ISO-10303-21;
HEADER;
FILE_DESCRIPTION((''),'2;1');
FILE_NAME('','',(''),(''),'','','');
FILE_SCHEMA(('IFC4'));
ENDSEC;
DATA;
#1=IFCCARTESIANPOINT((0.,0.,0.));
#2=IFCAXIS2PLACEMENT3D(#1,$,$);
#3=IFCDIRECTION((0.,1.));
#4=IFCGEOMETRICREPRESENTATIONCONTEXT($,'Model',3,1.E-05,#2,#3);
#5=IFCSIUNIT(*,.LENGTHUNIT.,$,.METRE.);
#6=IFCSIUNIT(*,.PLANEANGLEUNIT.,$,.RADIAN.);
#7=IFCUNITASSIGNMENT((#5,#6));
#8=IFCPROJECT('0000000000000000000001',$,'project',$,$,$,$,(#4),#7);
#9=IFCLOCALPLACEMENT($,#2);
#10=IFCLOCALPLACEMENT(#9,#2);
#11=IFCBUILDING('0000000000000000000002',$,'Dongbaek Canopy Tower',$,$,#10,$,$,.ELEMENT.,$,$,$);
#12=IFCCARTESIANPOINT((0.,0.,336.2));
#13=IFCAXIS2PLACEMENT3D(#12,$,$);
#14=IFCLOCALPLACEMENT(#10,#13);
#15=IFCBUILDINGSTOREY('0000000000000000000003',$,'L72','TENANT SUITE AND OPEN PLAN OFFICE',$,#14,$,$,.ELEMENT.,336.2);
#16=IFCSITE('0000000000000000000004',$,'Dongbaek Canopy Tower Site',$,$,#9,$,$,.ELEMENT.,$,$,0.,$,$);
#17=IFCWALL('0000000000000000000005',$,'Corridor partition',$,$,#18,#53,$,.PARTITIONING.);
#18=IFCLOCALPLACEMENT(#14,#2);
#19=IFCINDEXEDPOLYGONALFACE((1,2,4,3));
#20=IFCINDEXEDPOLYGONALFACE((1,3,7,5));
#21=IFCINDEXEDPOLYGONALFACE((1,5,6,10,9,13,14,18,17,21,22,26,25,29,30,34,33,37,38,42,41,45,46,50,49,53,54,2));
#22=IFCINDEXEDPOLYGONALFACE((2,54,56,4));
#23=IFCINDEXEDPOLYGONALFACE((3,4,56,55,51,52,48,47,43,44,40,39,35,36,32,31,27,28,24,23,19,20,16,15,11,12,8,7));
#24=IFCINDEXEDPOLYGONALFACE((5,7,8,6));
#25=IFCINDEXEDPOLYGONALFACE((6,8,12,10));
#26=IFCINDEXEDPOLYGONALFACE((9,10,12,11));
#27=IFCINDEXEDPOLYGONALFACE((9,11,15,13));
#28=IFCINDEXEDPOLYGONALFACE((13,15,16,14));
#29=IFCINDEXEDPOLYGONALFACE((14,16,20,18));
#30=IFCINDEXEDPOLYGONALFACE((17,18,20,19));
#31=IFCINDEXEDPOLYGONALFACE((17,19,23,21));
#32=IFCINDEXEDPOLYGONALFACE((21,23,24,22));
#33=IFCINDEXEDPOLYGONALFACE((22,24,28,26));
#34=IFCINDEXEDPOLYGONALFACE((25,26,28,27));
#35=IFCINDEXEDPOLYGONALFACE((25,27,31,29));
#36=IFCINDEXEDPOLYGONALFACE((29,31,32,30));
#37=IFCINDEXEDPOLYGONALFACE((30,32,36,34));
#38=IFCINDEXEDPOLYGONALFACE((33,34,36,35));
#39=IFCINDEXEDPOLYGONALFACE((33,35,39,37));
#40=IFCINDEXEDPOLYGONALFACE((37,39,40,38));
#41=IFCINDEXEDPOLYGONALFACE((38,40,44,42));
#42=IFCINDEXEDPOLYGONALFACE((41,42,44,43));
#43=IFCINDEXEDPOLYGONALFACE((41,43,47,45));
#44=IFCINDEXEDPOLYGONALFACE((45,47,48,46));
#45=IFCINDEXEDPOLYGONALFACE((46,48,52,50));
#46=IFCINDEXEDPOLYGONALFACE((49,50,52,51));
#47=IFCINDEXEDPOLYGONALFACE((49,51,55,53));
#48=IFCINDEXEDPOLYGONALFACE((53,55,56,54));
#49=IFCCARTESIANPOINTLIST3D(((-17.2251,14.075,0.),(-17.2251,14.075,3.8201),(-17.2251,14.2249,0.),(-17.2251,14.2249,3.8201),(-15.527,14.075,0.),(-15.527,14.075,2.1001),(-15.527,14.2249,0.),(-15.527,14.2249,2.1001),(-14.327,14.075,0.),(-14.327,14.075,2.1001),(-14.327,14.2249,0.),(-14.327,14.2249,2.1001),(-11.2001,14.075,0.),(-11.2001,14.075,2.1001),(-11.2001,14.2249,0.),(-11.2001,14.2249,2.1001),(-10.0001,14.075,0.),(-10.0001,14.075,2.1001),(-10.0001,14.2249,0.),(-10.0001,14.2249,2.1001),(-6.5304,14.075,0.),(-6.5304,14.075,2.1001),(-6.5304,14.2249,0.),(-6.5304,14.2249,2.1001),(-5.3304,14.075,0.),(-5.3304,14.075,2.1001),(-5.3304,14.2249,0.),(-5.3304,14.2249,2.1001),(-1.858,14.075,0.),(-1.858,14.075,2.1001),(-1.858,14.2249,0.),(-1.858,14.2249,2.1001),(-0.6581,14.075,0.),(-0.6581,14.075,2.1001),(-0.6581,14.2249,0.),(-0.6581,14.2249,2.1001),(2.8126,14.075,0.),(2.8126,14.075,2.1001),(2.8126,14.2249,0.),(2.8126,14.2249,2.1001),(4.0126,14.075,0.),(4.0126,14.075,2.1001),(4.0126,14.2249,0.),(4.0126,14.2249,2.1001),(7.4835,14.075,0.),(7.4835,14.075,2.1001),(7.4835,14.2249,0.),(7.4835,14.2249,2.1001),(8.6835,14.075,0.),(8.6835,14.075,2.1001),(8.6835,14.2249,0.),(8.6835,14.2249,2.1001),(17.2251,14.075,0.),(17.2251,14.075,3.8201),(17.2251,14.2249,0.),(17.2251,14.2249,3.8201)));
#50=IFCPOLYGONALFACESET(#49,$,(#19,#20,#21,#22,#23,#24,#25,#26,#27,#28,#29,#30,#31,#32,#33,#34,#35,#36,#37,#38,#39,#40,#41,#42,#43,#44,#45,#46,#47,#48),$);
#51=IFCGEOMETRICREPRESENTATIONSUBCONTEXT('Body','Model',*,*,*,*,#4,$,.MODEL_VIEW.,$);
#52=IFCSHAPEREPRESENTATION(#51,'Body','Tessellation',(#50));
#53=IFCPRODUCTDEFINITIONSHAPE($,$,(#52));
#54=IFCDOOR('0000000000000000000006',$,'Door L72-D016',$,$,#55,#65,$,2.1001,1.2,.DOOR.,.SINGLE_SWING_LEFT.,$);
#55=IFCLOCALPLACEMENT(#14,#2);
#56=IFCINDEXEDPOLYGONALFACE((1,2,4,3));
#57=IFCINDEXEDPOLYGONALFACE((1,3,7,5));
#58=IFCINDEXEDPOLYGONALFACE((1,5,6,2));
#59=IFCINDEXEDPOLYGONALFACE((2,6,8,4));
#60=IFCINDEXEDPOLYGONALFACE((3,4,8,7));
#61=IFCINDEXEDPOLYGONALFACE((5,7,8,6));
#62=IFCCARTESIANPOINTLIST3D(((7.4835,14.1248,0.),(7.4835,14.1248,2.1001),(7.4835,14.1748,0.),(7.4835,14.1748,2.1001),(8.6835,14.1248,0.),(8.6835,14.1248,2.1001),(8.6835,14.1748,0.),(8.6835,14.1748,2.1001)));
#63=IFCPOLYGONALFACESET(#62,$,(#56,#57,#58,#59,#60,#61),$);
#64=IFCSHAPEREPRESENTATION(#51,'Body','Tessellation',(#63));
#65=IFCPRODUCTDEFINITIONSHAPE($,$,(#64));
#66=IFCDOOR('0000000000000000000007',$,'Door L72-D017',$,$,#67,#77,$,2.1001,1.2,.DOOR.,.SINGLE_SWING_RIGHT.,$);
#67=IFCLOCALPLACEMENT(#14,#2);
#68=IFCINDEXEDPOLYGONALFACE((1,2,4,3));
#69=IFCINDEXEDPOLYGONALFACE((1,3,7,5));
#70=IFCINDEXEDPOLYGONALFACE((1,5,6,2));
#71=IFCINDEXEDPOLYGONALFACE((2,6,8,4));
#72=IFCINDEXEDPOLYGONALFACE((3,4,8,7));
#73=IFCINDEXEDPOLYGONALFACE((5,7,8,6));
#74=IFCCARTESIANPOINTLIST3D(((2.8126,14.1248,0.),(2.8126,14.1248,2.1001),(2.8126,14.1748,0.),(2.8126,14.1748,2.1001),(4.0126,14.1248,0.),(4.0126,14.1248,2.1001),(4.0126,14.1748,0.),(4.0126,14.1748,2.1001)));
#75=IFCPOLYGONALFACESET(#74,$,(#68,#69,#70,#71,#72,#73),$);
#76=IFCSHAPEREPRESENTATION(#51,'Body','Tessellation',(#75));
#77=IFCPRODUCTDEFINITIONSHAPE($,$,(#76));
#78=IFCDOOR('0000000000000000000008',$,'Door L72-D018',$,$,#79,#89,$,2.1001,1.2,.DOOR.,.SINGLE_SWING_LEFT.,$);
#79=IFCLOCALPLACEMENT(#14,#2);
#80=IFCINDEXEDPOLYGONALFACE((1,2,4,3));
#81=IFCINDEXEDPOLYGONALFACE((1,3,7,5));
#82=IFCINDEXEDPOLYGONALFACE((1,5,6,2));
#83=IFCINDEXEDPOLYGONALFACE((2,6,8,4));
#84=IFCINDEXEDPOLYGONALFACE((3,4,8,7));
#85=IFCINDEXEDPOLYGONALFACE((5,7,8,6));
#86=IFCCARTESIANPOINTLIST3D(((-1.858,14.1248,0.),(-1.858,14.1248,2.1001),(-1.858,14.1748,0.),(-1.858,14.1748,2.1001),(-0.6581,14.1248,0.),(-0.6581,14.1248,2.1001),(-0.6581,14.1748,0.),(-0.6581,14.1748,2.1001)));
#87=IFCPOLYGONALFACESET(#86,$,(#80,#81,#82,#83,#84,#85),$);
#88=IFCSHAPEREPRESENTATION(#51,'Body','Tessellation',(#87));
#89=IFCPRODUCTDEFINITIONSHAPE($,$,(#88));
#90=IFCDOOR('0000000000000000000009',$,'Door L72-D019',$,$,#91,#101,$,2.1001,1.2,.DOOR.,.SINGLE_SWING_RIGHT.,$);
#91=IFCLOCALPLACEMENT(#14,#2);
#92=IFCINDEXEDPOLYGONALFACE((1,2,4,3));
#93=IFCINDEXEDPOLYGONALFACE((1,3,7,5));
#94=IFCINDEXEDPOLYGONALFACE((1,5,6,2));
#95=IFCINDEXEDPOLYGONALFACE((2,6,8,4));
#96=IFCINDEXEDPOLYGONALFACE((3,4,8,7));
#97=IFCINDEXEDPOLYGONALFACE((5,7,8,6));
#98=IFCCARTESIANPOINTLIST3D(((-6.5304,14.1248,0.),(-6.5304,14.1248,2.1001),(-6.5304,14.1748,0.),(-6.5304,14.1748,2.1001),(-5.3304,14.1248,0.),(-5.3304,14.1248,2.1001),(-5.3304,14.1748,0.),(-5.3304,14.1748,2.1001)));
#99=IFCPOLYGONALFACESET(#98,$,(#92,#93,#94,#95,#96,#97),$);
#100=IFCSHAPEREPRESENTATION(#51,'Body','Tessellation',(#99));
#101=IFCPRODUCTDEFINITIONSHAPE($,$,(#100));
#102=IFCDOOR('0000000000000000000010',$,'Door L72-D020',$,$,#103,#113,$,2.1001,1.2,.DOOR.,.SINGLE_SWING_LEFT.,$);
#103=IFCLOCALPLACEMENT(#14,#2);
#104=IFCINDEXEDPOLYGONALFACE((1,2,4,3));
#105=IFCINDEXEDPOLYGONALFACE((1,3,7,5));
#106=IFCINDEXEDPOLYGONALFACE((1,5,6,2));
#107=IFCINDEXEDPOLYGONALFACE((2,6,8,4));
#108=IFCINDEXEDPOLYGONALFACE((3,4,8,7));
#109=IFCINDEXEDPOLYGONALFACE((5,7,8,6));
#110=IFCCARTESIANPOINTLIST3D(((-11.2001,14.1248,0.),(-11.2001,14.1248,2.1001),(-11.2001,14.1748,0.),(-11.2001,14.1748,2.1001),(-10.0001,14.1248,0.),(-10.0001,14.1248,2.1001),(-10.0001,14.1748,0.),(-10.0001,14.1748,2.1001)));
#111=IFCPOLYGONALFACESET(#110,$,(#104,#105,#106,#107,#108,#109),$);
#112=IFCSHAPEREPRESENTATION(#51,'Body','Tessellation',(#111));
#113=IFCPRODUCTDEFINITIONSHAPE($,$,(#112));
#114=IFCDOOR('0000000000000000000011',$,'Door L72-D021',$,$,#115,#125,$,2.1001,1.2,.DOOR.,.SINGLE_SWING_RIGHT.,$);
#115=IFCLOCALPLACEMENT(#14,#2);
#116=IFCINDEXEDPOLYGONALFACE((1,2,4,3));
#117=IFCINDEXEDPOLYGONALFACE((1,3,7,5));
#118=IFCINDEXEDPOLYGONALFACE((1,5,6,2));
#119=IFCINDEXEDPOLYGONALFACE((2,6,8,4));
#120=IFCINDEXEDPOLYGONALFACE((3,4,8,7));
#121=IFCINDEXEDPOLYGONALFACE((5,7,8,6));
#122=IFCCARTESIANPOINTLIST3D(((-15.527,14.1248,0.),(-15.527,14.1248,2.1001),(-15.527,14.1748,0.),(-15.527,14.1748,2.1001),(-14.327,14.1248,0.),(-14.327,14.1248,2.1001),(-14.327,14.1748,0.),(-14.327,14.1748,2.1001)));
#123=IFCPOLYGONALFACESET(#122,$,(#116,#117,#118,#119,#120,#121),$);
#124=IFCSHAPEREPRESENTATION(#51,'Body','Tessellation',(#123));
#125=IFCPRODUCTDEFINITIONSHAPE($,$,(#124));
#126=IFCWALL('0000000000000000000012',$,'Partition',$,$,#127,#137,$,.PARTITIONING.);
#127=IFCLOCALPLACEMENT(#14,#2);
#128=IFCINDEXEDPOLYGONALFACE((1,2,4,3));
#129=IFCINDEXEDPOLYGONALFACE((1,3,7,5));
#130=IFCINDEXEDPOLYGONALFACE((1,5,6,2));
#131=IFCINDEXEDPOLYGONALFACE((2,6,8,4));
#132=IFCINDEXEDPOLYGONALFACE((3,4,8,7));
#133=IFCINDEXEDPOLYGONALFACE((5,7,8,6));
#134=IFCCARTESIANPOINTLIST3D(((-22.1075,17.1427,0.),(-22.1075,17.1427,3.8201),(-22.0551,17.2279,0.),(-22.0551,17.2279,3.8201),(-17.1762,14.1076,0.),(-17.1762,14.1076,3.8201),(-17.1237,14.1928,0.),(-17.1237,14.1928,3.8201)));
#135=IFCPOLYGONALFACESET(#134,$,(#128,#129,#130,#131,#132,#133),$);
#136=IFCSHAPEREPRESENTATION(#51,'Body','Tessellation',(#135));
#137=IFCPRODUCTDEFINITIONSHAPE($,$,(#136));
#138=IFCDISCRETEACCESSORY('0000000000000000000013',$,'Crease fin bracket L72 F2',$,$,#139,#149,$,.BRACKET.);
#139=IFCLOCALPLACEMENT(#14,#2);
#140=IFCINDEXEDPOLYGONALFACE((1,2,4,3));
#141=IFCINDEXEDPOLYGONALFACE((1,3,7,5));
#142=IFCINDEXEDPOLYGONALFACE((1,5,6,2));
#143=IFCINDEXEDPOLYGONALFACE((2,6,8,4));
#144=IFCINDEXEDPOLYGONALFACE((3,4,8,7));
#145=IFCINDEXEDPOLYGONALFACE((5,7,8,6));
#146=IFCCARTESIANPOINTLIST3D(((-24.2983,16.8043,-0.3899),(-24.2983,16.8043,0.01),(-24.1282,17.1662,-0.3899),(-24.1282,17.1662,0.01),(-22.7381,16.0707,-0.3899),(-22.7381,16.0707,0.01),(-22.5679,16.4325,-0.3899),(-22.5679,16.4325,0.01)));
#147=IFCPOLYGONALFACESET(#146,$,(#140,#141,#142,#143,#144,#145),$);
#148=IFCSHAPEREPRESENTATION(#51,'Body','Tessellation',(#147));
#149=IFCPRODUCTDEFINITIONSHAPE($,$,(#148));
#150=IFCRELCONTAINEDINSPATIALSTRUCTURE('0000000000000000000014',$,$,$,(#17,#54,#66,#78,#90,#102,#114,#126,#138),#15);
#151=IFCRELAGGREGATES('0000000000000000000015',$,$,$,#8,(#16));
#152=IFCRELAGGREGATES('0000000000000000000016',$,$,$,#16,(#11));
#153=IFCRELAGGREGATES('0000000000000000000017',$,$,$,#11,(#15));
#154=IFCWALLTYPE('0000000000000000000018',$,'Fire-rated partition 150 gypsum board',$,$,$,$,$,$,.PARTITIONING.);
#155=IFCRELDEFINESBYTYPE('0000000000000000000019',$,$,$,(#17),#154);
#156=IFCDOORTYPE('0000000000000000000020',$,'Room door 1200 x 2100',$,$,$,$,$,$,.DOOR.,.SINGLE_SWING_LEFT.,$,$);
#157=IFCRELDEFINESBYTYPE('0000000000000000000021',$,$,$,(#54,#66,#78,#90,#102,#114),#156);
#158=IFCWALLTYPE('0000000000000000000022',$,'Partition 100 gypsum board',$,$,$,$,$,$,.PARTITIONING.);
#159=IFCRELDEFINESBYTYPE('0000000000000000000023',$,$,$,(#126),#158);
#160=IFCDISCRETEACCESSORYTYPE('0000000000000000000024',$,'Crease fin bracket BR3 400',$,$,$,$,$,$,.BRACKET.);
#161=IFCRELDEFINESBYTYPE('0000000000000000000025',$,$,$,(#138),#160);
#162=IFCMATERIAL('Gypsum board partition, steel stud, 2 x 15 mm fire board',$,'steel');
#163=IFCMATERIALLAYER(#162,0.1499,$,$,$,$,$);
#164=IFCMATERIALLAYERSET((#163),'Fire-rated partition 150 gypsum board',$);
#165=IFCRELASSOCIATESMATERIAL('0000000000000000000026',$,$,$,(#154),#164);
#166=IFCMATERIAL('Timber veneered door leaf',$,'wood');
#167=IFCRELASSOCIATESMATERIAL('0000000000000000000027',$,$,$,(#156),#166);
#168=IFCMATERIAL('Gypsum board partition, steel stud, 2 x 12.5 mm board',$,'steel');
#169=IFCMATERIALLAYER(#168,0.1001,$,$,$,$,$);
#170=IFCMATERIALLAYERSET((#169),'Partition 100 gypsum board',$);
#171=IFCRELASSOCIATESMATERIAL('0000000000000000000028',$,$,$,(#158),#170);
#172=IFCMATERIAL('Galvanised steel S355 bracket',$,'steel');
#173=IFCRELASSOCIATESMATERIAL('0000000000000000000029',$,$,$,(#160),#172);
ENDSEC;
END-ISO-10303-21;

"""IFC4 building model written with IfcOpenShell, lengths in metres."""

from ifc_helpers import new_model, si_unit, direction, frame, frame_2d, origin, origin_2d, place, context, subcontext, project, spatial, rectangle, extrude, material, layer, layer_set, type_object, element, fill, save


model = new_model("IFC4")

# Units and contexts
model_context = context("Model", 3, precision=1e-05, world=origin(), true_north=direction((0.0, 1.0)))
body_context = subcontext(model_context, "Body", "Model", "MODEL_VIEW")
ifc_project = project(units=[si_unit("LENGTHUNIT", "METRE"), si_unit("PLANEANGLEUNIT", "RADIAN")], contexts=[model_context])

# Site, building, storey
site_placement = place(None, origin())
site = spatial("IfcSite", under=ifc_project, at=site_placement, Name="Dongbaek Canopy Tower Site", CompositionType="ELEMENT", RefElevation=0.0)
building_placement = place(site_placement, origin())
building = spatial("IfcBuilding", under=site, at=building_placement, Name="Dongbaek Canopy Tower", CompositionType="ELEMENT")
storey_placement = place(building_placement, frame((0.0, 0.0, 336.2)))
storey = spatial("IfcBuildingStorey", under=building, at=storey_placement, Name="L72", Description="TENANT SUITE AND OPEN PLAN OFFICE", CompositionType="ELEMENT", Elevation=336.2)

# Wall, openings, doors
ifc_material_1 = material(Name="Gypsum board partition, steel stud, 2 x 15 mm fire board", Category="steel")
ifc_layer_1 = layer(ifc_material_1, 0.1499)
ifc_layer_set_1 = layer_set([ifc_layer_1], Name="Fire-rated partition 150 gypsum board")
wall_type_1 = type_object("IfcWallType", Name="Fire-rated partition 150 gypsum board", PredefinedType="PARTITIONING", material=ifc_layer_set_1)
wall_1_placement = place(storey_placement, frame((-17.2251, 14.1499, 0.0), z_axis=(0.0, 0.0, 1.0), x_axis=(1.0, 0.0, 0.0)))
wall_1 = element("IfcWall", 1, at=wall_1_placement, inside=storey, type_object=wall_type_1, Name="Corridor partition", PredefinedType="PARTITIONING", context=body_context, shape_type="SweptSolid", body=[
    extrude(rectangle(XDim=34.4502, YDim=0.1499, at=frame_2d((17.2251, 0.0))), origin(), (0.0, 0.0, 1.0), 3.8201),
])
opening_1_placement = place(wall_1_placement, frame((24.7085, 0.0, 0.0)))
opening_1 = element("IfcOpeningElement", 2, at=opening_1_placement, cuts=wall_1, PredefinedType="OPENING", context=body_context, shape_type="SweptSolid", body=[
    extrude(rectangle(XDim=1.2, YDim=2.1001, at=frame_2d((0.6001, 1.05))), frame((0.0, 0.085, 0.0), z_axis=(0.0, -1.0, 0.0), x_axis=(1.0, 0.0, 0.0)), (0.0, 0.0, 1.0), 0.1699),
])
opening_2_placement = place(wall_1_placement, frame((20.0376, 0.0, 0.0)))
opening_2 = element("IfcOpeningElement", 3, at=opening_2_placement, cuts=wall_1, PredefinedType="OPENING", context=body_context, shape_type="SweptSolid", body=[
    extrude(rectangle(XDim=1.2, YDim=2.1001, at=frame_2d((0.6001, 1.05))), frame((0.0, 0.085, 0.0), z_axis=(0.0, -1.0, 0.0), x_axis=(1.0, 0.0, 0.0)), (0.0, 0.0, 1.0), 0.1699),
])
opening_3_placement = place(wall_1_placement, frame((15.3669, 0.0, 0.0)))
opening_3 = element("IfcOpeningElement", 4, at=opening_3_placement, cuts=wall_1, PredefinedType="OPENING", context=body_context, shape_type="SweptSolid", body=[
    extrude(rectangle(XDim=1.2, YDim=2.1001, at=frame_2d((0.6001, 1.05))), frame((0.0, 0.085, 0.0), z_axis=(0.0, -1.0, 0.0), x_axis=(1.0, 0.0, 0.0)), (0.0, 0.0, 1.0), 0.1699),
])
opening_4_placement = place(wall_1_placement, frame((10.6946, 0.0, 0.0)))
opening_4 = element("IfcOpeningElement", 5, at=opening_4_placement, cuts=wall_1, PredefinedType="OPENING", context=body_context, shape_type="SweptSolid", body=[
    extrude(rectangle(XDim=1.2, YDim=2.1001, at=frame_2d((0.6001, 1.05))), frame((0.0, 0.085, 0.0), z_axis=(0.0, -1.0, 0.0), x_axis=(1.0, 0.0, 0.0)), (0.0, 0.0, 1.0), 0.1699),
])
opening_5_placement = place(wall_1_placement, frame((6.0249, 0.0, 0.0)))
opening_5 = element("IfcOpeningElement", 6, at=opening_5_placement, cuts=wall_1, PredefinedType="OPENING", context=body_context, shape_type="SweptSolid", body=[
    extrude(rectangle(XDim=1.2, YDim=2.1001, at=frame_2d((0.6001, 1.05))), frame((0.0, 0.085, 0.0), z_axis=(0.0, -1.0, 0.0), x_axis=(1.0, 0.0, 0.0)), (0.0, 0.0, 1.0), 0.1699),
])
opening_6_placement = place(wall_1_placement, frame((1.698, 0.0, 0.0)))
opening_6 = element("IfcOpeningElement", 7, at=opening_6_placement, cuts=wall_1, PredefinedType="OPENING", context=body_context, shape_type="SweptSolid", body=[
    extrude(rectangle(XDim=1.2, YDim=2.1001, at=frame_2d((0.6001, 1.05))), frame((0.0, 0.085, 0.0), z_axis=(0.0, -1.0, 0.0), x_axis=(1.0, 0.0, 0.0)), (0.0, 0.0, 1.0), 0.1699),
])
ifc_material_2 = material(Name="Timber veneered door leaf", Category="wood")
door_type_1 = type_object("IfcDoorType", Name="Room door 1200 x 2100", OperationType="SINGLE_SWING_LEFT", PredefinedType="DOOR", material=ifc_material_2)
door_1_placement = place(opening_1_placement, origin())
door_1 = element("IfcDoor", 8, at=door_1_placement, inside=storey, type_object=door_type_1, Name="Door L72-D016", OperationType="SINGLE_SWING_LEFT", OverallHeight=2.1001, OverallWidth=1.2, PredefinedType="DOOR", context=body_context, shape_type="SweptSolid", body=[
    extrude(rectangle(XDim=1.2, YDim=2.1001, at=frame_2d((0.6001, 1.05))), frame((0.0, 0.0249, 0.0), z_axis=(0.0, -1.0, 0.0), x_axis=(1.0, 0.0, 0.0)), (0.0, 0.0, 1.0), 0.05),
])
fill(opening_1, door_1)
door_2_placement = place(opening_2_placement, origin())
door_2 = element("IfcDoor", 9, at=door_2_placement, inside=storey, type_object=door_type_1, Name="Door L72-D017", OperationType="SINGLE_SWING_RIGHT", OverallHeight=2.1001, OverallWidth=1.2, PredefinedType="DOOR", context=body_context, shape_type="SweptSolid", body=[
    extrude(rectangle(XDim=1.2, YDim=2.1001, at=frame_2d((0.6001, 1.05))), frame((0.0, 0.0249, 0.0), z_axis=(0.0, -1.0, 0.0), x_axis=(1.0, 0.0, 0.0)), (0.0, 0.0, 1.0), 0.05),
])
fill(opening_2, door_2)
door_3_placement = place(opening_3_placement, origin())
door_3 = element("IfcDoor", 10, at=door_3_placement, inside=storey, type_object=door_type_1, Name="Door L72-D018", OperationType="SINGLE_SWING_LEFT", OverallHeight=2.1001, OverallWidth=1.2, PredefinedType="DOOR", context=body_context, shape_type="SweptSolid", body=[
    extrude(rectangle(XDim=1.2, YDim=2.1001, at=frame_2d((0.6001, 1.05))), frame((0.0, 0.0249, 0.0), z_axis=(0.0, -1.0, 0.0), x_axis=(1.0, 0.0, 0.0)), (0.0, 0.0, 1.0), 0.05),
])
fill(opening_3, door_3)
door_4_placement = place(opening_4_placement, origin())
door_4 = element("IfcDoor", 11, at=door_4_placement, inside=storey, type_object=door_type_1, Name="Door L72-D019", OperationType="SINGLE_SWING_RIGHT", OverallHeight=2.1001, OverallWidth=1.2, PredefinedType="DOOR", context=body_context, shape_type="SweptSolid", body=[
    extrude(rectangle(XDim=1.2, YDim=2.1001, at=frame_2d((0.6001, 1.05))), frame((0.0, 0.0249, 0.0), z_axis=(0.0, -1.0, 0.0), x_axis=(1.0, 0.0, 0.0)), (0.0, 0.0, 1.0), 0.05),
])
fill(opening_4, door_4)
door_5_placement = place(opening_5_placement, origin())
door_5 = element("IfcDoor", 12, at=door_5_placement, inside=storey, type_object=door_type_1, Name="Door L72-D020", OperationType="SINGLE_SWING_LEFT", OverallHeight=2.1001, OverallWidth=1.2, PredefinedType="DOOR", context=body_context, shape_type="SweptSolid", body=[
    extrude(rectangle(XDim=1.2, YDim=2.1001, at=frame_2d((0.6001, 1.05))), frame((0.0, 0.0249, 0.0), z_axis=(0.0, -1.0, 0.0), x_axis=(1.0, 0.0, 0.0)), (0.0, 0.0, 1.0), 0.05),
])
fill(opening_5, door_5)
door_6_placement = place(opening_6_placement, origin())
door_6 = element("IfcDoor", 13, at=door_6_placement, inside=storey, type_object=door_type_1, Name="Door L72-D021", OperationType="SINGLE_SWING_RIGHT", OverallHeight=2.1001, OverallWidth=1.2, PredefinedType="DOOR", context=body_context, shape_type="SweptSolid", body=[
    extrude(rectangle(XDim=1.2, YDim=2.1001, at=frame_2d((0.6001, 1.05))), frame((0.0, 0.0249, 0.0), z_axis=(0.0, -1.0, 0.0), x_axis=(1.0, 0.0, 0.0)), (0.0, 0.0, 1.0), 0.05),
])
fill(opening_6, door_6)

# Wall
ifc_material_3 = material(Name="Gypsum board partition, steel stud, 2 x 12.5 mm board", Category="steel")
ifc_layer_2 = layer(ifc_material_3, 0.1001)
ifc_layer_set_2 = layer_set([ifc_layer_2], Name="Partition 100 gypsum board")
wall_type_2 = type_object("IfcWallType", Name="Partition 100 gypsum board", PredefinedType="PARTITIONING", material=ifc_layer_set_2)
wall_2_placement = place(storey_placement, frame((-22.0813, 17.1853, 0.0), z_axis=(0.0, 0.0, 1.0), x_axis=(0.851624, -0.524154, 0.0)))
element("IfcWall", 14, at=wall_2_placement, inside=storey, type_object=wall_type_2, Name="Partition", PredefinedType="PARTITIONING", context=body_context, shape_type="SweptSolid", body=[
    extrude(rectangle(XDim=5.7905, YDim=0.1001, at=frame_2d((2.8953, 0.0))), origin(), (0.0, 0.0, 1.0), 3.8201),
])

# Discrete accessory
ifc_material_4 = material(Name="Galvanised steel S355 bracket", Category="steel")
discrete_accessory_type = type_object("IfcDiscreteAccessoryType", Name="Crease fin bracket BR3 400", PredefinedType="BRACKET", material=ifc_material_4)
discrete_accessory_placement = place(storey_placement, frame((-23.4331, 16.6184, -0.3899), z_axis=(0.0, 0.0, 1.0), x_axis=(-0.904959, 0.4255, 0.0)))
element("IfcDiscreteAccessory", 15, at=discrete_accessory_placement, inside=storey, type_object=discrete_accessory_type, Name="Crease fin bracket L72 F2", PredefinedType="BRACKET", context=body_context, shape_type="SweptSolid", body=[
    extrude(rectangle(XDim=1.7241, YDim=0.3999, at=origin_2d()), origin(), (0.0, 0.0, 1.0), 0.3999),
])

save(model, "model.ifc")
